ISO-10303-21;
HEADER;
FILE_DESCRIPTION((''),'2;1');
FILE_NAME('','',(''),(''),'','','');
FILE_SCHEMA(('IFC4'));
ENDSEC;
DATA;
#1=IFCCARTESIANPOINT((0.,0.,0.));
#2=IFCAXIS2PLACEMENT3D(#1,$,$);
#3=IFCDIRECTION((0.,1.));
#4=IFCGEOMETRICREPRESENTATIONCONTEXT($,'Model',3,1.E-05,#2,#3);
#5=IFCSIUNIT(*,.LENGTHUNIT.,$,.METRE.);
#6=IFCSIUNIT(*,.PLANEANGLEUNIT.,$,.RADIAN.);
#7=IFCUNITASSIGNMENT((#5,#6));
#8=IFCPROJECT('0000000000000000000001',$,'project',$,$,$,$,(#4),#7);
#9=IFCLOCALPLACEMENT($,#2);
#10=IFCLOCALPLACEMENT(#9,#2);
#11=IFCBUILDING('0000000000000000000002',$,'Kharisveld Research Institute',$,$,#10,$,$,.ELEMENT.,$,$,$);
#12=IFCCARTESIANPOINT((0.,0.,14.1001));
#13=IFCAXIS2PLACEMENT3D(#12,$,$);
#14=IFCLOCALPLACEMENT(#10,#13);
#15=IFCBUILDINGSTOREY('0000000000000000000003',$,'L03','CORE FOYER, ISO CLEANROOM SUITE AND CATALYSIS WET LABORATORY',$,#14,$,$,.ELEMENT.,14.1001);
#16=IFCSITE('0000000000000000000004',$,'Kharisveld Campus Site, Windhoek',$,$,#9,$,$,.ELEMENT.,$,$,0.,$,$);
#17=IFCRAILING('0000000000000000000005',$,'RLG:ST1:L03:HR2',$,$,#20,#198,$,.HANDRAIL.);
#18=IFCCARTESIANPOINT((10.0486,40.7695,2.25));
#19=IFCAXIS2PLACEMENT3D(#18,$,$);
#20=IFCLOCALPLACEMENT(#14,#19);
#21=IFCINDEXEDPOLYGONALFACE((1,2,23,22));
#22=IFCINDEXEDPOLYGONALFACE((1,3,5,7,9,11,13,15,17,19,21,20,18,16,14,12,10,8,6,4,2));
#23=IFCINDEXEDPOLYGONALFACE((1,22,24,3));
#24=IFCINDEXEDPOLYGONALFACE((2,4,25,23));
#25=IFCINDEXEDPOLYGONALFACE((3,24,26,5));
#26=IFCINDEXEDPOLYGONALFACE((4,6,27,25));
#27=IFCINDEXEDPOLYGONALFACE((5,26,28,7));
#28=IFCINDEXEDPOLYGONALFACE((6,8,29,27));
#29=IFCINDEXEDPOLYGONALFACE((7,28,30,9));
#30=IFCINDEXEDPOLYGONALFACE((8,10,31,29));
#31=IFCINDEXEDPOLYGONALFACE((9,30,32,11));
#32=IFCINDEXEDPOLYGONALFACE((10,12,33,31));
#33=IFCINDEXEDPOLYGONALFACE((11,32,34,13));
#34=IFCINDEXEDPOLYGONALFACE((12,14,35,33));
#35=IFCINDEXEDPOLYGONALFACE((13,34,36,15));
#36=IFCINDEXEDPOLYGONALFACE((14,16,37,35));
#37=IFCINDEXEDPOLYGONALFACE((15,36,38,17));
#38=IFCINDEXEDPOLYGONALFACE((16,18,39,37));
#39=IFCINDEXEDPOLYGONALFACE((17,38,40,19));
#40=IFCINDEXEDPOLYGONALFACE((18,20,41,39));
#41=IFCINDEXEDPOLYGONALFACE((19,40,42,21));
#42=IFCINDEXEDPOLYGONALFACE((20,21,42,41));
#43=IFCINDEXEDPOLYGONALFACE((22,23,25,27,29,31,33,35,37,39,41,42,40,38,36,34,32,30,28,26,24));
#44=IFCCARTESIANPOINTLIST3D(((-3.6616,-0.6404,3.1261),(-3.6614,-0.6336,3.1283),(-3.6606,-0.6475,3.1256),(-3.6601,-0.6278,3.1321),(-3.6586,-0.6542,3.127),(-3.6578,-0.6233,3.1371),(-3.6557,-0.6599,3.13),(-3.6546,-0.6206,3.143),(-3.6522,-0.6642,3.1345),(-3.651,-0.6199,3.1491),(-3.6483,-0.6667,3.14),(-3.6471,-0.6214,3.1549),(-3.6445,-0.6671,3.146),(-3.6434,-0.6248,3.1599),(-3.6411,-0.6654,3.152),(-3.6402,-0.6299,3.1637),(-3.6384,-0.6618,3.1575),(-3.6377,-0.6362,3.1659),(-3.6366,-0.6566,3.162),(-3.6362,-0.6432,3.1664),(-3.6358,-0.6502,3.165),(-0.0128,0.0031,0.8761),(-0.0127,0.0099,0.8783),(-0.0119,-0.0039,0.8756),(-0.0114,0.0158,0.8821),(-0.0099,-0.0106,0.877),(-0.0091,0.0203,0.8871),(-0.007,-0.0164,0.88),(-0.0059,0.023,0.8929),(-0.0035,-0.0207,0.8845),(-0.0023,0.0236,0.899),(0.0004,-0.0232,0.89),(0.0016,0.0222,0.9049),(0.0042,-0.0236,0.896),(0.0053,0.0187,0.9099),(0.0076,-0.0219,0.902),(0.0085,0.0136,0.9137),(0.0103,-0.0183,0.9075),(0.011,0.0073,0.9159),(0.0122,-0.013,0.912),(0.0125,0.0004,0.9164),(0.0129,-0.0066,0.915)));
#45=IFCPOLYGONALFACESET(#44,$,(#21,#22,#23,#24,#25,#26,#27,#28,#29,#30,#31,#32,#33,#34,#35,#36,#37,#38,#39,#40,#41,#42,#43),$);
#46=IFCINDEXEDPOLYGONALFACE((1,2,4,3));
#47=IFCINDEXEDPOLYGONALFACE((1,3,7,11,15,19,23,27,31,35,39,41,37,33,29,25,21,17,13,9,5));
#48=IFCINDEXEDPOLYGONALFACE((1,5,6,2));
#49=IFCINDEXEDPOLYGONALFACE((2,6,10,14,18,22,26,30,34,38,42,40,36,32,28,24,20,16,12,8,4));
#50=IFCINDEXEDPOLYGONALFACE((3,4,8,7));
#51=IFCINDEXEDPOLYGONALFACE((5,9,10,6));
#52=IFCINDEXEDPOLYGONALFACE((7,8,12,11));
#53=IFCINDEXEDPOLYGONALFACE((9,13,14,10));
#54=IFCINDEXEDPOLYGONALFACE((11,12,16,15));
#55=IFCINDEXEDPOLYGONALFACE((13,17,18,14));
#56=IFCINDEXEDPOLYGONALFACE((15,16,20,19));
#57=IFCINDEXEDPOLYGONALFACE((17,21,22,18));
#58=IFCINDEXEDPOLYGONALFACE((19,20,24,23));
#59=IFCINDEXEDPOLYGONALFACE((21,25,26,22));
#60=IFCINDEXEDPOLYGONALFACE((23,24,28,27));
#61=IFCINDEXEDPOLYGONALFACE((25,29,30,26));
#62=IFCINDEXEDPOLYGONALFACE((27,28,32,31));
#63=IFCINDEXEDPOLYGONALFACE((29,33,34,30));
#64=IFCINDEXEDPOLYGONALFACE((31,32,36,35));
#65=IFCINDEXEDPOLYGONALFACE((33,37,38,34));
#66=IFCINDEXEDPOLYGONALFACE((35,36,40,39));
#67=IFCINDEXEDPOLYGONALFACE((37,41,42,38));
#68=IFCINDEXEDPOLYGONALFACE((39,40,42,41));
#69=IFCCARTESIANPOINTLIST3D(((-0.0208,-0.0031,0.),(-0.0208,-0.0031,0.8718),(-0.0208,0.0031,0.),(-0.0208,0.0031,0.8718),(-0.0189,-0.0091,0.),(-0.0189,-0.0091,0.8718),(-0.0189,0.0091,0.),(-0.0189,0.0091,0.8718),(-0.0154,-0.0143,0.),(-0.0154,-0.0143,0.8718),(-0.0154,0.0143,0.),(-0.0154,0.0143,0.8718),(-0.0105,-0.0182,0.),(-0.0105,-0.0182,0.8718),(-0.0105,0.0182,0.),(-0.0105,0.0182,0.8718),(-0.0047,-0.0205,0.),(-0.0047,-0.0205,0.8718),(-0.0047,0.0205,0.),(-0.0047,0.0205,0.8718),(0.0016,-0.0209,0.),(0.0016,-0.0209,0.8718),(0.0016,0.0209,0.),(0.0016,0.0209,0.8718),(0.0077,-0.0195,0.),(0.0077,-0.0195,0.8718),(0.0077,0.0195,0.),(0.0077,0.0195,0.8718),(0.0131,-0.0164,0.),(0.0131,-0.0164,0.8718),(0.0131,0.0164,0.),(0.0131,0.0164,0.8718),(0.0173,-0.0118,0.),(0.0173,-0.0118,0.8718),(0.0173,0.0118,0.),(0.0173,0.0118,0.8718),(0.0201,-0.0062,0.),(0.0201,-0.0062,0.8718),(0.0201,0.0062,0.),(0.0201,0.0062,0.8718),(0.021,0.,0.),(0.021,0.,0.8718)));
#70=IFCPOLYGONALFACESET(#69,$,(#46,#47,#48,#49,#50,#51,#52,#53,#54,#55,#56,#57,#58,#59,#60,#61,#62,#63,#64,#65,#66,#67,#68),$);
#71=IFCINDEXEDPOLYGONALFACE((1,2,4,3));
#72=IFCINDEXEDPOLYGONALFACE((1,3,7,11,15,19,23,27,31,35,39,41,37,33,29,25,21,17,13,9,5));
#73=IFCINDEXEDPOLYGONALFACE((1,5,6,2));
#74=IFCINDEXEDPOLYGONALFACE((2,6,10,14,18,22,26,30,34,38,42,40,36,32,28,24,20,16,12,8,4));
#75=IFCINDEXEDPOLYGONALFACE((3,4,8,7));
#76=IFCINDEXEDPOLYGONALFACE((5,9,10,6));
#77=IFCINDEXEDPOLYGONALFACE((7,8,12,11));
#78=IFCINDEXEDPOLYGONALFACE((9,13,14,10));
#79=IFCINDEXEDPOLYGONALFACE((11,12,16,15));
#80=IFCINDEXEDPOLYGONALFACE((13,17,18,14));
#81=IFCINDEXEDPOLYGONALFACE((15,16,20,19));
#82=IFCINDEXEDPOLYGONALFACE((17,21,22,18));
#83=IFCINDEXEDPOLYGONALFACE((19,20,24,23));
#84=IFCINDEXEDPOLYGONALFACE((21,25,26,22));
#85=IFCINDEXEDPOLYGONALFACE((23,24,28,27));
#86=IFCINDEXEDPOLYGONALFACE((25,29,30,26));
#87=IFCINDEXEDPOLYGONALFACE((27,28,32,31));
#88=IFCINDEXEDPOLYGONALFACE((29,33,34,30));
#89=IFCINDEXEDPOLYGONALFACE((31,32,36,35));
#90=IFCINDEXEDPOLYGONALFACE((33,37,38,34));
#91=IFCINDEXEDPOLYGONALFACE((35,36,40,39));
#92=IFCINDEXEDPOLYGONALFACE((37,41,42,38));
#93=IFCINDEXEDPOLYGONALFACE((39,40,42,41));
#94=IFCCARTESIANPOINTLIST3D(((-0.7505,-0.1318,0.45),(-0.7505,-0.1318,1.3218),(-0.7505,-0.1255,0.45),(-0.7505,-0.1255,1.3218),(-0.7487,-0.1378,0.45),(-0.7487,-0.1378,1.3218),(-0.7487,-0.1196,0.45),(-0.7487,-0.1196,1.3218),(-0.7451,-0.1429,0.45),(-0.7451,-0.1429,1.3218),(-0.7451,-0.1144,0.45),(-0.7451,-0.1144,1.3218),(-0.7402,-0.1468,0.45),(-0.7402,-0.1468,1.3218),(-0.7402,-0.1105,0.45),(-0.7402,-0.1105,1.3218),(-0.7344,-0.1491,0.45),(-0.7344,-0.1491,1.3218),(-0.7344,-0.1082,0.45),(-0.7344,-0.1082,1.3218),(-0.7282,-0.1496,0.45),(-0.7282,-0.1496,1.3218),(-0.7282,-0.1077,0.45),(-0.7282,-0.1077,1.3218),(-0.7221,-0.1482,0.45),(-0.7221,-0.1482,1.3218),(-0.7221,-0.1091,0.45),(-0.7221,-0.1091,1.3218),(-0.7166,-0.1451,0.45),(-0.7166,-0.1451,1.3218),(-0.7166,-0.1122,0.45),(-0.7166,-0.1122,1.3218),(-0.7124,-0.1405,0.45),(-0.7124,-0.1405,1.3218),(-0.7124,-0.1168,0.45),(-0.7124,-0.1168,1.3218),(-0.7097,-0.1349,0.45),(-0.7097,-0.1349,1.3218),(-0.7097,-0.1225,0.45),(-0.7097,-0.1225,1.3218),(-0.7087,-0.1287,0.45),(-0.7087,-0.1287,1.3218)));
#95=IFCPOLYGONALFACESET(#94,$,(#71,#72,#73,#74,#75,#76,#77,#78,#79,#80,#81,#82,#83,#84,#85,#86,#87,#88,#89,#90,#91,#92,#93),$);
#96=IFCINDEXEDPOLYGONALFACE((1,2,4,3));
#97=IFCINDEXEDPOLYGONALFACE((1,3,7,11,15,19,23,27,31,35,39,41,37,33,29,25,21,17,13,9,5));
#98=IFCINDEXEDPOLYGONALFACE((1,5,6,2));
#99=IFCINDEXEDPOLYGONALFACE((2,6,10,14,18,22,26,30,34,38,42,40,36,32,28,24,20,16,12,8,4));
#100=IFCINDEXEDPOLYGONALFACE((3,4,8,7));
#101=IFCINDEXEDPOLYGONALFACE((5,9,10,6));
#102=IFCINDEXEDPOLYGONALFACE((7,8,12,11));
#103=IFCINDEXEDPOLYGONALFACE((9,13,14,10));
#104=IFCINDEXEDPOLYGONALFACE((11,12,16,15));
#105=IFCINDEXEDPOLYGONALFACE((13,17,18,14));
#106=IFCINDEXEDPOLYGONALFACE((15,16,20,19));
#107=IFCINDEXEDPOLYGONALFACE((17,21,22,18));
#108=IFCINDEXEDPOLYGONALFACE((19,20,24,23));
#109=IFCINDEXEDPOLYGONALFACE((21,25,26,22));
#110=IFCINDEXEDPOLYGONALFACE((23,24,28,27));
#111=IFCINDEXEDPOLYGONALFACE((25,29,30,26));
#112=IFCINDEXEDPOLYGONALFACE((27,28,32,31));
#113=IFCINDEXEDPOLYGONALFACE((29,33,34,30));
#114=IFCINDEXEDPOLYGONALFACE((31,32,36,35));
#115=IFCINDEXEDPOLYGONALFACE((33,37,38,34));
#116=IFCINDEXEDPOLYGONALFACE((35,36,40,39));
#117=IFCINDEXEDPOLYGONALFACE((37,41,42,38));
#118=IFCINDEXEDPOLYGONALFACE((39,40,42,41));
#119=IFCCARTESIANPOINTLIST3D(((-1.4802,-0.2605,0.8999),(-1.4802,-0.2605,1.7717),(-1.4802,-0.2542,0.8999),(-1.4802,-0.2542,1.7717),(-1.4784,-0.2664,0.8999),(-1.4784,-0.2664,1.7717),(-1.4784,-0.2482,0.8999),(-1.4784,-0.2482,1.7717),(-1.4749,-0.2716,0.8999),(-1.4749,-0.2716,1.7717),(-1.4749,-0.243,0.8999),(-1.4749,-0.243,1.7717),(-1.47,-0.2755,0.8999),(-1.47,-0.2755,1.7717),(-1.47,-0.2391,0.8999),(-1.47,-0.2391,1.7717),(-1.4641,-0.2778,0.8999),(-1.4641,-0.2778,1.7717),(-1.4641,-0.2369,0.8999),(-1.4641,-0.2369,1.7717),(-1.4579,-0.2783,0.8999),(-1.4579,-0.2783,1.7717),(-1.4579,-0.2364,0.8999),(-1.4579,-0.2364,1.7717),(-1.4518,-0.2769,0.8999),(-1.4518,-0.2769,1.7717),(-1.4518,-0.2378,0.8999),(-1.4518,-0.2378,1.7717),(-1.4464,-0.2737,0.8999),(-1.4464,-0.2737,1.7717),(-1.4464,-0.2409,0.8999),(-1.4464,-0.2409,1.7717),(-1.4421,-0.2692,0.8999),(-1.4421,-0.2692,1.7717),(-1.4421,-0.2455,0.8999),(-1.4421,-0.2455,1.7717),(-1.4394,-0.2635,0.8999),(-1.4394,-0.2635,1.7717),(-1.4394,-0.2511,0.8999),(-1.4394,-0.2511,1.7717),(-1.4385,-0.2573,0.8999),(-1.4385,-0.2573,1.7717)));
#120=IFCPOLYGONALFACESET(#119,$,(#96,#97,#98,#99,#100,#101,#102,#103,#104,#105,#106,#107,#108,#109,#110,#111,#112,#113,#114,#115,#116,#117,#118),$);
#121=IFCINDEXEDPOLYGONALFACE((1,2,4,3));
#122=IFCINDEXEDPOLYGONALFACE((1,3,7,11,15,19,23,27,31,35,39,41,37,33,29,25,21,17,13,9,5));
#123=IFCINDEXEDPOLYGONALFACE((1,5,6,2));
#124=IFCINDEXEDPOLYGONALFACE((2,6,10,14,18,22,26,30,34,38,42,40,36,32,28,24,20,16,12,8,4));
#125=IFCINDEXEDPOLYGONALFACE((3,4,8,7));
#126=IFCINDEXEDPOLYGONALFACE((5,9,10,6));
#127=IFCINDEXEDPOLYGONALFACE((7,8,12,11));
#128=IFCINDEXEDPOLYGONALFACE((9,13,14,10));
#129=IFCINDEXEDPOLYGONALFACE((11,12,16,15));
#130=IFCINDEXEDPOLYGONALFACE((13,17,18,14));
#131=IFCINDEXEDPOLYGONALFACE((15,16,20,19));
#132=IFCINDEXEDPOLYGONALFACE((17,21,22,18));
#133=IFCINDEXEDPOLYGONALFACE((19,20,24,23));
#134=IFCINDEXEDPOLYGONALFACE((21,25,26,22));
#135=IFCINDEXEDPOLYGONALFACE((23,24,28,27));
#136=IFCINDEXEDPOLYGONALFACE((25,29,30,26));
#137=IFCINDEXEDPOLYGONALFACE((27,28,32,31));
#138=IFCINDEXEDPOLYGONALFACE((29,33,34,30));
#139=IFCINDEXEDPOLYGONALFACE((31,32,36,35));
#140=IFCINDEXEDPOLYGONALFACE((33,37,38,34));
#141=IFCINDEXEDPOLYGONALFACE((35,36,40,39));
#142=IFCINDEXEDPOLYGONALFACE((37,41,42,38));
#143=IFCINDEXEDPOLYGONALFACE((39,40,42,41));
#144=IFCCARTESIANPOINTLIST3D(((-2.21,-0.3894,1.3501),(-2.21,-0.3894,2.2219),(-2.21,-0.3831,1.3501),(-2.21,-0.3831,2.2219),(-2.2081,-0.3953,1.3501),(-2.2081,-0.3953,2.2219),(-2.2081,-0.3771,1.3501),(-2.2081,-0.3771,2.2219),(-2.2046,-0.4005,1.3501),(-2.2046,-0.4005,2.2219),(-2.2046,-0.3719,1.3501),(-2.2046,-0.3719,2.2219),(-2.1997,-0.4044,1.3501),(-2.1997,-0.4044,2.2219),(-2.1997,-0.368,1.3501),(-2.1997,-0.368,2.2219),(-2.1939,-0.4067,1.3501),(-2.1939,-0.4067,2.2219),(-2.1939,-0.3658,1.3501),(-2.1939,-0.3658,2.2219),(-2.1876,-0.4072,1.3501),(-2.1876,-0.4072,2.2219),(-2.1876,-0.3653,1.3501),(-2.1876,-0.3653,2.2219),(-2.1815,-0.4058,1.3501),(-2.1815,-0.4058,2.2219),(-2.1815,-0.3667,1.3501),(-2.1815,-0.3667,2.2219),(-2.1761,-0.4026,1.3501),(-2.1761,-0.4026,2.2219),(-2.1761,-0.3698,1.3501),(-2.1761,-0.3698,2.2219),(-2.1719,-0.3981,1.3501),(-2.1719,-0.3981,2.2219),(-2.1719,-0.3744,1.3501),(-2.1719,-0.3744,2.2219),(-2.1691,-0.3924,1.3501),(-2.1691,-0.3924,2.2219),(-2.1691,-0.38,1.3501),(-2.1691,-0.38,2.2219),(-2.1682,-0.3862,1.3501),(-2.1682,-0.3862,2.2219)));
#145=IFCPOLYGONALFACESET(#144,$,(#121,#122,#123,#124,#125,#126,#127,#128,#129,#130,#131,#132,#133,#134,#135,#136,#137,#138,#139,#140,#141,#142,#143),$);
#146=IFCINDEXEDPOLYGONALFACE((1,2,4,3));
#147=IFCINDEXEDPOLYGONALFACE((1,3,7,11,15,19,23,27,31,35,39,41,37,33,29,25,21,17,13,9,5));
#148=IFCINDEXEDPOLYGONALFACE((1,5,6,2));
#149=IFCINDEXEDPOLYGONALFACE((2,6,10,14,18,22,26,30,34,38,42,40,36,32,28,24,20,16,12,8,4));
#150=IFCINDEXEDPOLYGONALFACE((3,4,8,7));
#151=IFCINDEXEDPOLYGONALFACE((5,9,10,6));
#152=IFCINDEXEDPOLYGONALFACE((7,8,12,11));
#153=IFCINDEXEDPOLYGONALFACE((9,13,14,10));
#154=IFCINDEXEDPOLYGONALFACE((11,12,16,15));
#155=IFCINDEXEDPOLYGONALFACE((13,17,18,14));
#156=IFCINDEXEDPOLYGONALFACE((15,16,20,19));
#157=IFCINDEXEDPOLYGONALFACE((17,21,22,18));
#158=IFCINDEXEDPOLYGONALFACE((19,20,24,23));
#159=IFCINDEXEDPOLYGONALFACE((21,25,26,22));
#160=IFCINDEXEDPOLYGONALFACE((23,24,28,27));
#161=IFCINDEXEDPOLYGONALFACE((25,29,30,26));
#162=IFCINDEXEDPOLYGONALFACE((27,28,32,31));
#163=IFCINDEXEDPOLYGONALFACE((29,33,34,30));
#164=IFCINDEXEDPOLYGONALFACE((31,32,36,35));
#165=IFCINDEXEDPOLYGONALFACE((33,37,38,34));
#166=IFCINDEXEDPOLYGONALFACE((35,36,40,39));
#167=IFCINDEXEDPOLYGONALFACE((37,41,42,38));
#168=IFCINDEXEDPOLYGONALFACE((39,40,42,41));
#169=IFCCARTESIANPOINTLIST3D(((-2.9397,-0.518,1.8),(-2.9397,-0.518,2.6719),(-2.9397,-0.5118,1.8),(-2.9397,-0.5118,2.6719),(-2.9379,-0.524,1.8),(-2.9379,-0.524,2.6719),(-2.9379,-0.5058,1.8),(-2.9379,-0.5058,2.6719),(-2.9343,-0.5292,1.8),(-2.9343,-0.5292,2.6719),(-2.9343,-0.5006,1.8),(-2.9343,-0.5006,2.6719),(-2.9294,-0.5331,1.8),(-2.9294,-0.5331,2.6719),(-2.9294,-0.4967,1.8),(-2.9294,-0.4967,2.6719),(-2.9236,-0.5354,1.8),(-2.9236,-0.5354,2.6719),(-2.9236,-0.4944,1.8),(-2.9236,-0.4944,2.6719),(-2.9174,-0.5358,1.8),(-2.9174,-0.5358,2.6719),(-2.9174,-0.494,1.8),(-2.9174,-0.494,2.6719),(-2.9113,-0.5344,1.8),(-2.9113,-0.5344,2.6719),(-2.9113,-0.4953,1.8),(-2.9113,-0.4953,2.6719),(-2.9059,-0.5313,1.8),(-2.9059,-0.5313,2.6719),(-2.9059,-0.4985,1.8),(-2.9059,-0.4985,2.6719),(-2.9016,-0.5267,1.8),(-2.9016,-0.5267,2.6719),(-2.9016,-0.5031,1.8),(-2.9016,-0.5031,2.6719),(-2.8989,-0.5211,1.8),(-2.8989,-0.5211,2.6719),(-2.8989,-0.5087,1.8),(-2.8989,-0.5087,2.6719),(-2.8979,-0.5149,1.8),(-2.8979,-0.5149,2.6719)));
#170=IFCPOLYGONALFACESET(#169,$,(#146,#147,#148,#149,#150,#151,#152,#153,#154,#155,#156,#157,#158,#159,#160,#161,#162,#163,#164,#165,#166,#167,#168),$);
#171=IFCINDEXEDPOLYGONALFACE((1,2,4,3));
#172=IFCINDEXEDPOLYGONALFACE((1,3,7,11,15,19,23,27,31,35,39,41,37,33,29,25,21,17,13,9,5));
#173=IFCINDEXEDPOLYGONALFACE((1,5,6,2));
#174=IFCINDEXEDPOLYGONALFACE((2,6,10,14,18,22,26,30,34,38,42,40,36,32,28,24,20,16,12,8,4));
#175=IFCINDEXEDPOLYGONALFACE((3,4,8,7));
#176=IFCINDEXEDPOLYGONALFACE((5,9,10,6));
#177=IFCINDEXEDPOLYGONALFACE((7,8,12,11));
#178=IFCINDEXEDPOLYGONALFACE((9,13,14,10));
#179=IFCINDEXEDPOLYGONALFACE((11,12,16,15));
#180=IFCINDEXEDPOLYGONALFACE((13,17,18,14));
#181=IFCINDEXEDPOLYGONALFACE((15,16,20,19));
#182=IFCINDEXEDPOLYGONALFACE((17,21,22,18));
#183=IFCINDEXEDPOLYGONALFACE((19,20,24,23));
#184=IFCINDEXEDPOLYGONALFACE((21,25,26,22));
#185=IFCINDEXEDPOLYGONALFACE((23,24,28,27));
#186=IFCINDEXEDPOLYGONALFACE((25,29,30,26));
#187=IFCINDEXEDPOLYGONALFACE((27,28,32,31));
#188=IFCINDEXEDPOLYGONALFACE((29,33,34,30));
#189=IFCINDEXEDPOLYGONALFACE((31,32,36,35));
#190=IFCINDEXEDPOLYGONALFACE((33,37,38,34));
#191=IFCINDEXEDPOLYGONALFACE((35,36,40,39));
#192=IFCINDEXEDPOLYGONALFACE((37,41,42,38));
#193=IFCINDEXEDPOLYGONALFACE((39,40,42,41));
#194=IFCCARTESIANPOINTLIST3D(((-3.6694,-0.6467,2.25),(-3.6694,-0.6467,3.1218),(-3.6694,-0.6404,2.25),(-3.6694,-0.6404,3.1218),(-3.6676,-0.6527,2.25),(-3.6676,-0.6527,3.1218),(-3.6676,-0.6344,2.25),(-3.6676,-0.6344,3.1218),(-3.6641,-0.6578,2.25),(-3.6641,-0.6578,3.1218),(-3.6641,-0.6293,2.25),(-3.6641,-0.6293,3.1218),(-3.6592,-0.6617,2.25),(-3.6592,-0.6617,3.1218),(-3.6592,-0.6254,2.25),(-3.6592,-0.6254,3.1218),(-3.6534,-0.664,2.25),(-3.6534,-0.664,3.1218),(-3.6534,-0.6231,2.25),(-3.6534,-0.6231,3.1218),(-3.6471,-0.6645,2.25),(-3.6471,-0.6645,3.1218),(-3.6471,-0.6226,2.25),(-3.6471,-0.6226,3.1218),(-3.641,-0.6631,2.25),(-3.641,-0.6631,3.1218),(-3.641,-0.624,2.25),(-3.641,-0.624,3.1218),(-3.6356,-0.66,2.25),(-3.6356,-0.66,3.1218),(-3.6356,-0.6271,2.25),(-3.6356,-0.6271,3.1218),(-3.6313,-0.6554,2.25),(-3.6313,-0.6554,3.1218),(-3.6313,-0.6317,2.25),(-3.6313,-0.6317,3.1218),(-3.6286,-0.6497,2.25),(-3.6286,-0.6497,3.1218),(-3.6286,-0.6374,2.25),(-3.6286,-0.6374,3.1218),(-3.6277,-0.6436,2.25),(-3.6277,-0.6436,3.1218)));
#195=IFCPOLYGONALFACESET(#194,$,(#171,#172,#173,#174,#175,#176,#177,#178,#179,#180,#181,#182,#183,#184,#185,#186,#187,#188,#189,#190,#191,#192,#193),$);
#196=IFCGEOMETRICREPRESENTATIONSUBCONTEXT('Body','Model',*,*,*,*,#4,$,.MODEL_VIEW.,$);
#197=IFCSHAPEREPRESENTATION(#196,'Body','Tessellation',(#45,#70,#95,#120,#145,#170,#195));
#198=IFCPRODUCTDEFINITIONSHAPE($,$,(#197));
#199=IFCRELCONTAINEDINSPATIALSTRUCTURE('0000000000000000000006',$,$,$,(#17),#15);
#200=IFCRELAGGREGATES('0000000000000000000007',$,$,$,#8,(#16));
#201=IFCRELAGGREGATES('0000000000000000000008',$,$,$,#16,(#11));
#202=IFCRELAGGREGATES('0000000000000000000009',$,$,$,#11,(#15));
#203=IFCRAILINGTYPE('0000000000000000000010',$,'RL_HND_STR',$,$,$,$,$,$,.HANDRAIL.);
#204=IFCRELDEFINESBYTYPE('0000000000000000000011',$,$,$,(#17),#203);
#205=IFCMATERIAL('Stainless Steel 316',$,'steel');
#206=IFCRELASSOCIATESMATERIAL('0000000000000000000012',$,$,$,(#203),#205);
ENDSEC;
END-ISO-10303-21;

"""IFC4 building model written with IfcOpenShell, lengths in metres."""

from ifc_helpers import new_model, si_unit, direction, frame, origin, origin_2d, place, context, subcontext, project, spatial, circle, extrude, material, type_object, element, save


model = new_model("IFC4")

# Units and contexts
model_context = context("Model", 3, precision=1e-05, world=origin(), true_north=direction((0.0, 1.0)))
body_context = subcontext(model_context, "Body", "Model", "MODEL_VIEW")
ifc_project = project(units=[si_unit("LENGTHUNIT", "METRE"), si_unit("PLANEANGLEUNIT", "RADIAN")], contexts=[model_context])

# Site, building, storey
site_placement = place(None, origin())
site = spatial("IfcSite", under=ifc_project, at=site_placement, Name="Kharisveld Campus Site, Windhoek", CompositionType="ELEMENT", RefElevation=0.0)
building_placement = place(site_placement, origin())
building = spatial("IfcBuilding", under=site, at=building_placement, Name="Kharisveld Research Institute", CompositionType="ELEMENT")
storey_placement = place(building_placement, frame((0.0, 0.0, 14.1001)))
storey = spatial("IfcBuildingStorey", under=building, at=storey_placement, Name="L03", Description="CORE FOYER, ISO CLEANROOM SUITE AND CATALYSIS WET LABORATORY", CompositionType="ELEMENT", Elevation=14.1001)

# Railing
ifc_material_1 = material(Name="Stainless Steel 316", Category="steel")
railing_type_1 = type_object("IfcRailingType", Name="RL_HND_STR", PredefinedType="HANDRAIL", material=ifc_material_1)
railing_1_placement = place(storey_placement, frame((10.0486, 40.7695, 2.25)))
element("IfcRailing", 1, at=railing_1_placement, inside=storey, type_object=railing_type_1, Name="RLG:ST1:L03:HR2", PredefinedType="HANDRAIL", context=body_context, shape_type="SweptSolid", body=[
    extrude(circle(Radius=0.0239, at=origin_2d()), frame((0.0, 0.0, 0.896), z_axis=(-0.84174, -0.148466, 0.519068), x_axis=(0.173699, -0.984799, 0.0)), (0.0, 0.0, 1.0), 4.3347),
    extrude(circle(Radius=0.021, at=origin_2d()), origin(), (0.0, 0.0, 1.0), 0.8718),
    extrude(circle(Radius=0.021, at=origin_2d()), frame((-0.7297, -0.1287, 0.45)), (0.0, 0.0, 1.0), 0.8718),
    extrude(circle(Radius=0.021, at=origin_2d()), frame((-1.4595, -0.2573, 0.8999)), (0.0, 0.0, 1.0), 0.8718),
    extrude(circle(Radius=0.021, at=origin_2d()), frame((-2.1892, -0.3862, 1.3501)), (0.0, 0.0, 1.0), 0.8718),
    extrude(circle(Radius=0.021, at=origin_2d()), frame((-2.9189, -0.5149, 1.8)), (0.0, 0.0, 1.0), 0.8718),
    extrude(circle(Radius=0.021, at=origin_2d()), frame((-3.6487, -0.6436, 2.25)), (0.0, 0.0, 1.0), 0.8718),
])

save(model, "model.ifc")
